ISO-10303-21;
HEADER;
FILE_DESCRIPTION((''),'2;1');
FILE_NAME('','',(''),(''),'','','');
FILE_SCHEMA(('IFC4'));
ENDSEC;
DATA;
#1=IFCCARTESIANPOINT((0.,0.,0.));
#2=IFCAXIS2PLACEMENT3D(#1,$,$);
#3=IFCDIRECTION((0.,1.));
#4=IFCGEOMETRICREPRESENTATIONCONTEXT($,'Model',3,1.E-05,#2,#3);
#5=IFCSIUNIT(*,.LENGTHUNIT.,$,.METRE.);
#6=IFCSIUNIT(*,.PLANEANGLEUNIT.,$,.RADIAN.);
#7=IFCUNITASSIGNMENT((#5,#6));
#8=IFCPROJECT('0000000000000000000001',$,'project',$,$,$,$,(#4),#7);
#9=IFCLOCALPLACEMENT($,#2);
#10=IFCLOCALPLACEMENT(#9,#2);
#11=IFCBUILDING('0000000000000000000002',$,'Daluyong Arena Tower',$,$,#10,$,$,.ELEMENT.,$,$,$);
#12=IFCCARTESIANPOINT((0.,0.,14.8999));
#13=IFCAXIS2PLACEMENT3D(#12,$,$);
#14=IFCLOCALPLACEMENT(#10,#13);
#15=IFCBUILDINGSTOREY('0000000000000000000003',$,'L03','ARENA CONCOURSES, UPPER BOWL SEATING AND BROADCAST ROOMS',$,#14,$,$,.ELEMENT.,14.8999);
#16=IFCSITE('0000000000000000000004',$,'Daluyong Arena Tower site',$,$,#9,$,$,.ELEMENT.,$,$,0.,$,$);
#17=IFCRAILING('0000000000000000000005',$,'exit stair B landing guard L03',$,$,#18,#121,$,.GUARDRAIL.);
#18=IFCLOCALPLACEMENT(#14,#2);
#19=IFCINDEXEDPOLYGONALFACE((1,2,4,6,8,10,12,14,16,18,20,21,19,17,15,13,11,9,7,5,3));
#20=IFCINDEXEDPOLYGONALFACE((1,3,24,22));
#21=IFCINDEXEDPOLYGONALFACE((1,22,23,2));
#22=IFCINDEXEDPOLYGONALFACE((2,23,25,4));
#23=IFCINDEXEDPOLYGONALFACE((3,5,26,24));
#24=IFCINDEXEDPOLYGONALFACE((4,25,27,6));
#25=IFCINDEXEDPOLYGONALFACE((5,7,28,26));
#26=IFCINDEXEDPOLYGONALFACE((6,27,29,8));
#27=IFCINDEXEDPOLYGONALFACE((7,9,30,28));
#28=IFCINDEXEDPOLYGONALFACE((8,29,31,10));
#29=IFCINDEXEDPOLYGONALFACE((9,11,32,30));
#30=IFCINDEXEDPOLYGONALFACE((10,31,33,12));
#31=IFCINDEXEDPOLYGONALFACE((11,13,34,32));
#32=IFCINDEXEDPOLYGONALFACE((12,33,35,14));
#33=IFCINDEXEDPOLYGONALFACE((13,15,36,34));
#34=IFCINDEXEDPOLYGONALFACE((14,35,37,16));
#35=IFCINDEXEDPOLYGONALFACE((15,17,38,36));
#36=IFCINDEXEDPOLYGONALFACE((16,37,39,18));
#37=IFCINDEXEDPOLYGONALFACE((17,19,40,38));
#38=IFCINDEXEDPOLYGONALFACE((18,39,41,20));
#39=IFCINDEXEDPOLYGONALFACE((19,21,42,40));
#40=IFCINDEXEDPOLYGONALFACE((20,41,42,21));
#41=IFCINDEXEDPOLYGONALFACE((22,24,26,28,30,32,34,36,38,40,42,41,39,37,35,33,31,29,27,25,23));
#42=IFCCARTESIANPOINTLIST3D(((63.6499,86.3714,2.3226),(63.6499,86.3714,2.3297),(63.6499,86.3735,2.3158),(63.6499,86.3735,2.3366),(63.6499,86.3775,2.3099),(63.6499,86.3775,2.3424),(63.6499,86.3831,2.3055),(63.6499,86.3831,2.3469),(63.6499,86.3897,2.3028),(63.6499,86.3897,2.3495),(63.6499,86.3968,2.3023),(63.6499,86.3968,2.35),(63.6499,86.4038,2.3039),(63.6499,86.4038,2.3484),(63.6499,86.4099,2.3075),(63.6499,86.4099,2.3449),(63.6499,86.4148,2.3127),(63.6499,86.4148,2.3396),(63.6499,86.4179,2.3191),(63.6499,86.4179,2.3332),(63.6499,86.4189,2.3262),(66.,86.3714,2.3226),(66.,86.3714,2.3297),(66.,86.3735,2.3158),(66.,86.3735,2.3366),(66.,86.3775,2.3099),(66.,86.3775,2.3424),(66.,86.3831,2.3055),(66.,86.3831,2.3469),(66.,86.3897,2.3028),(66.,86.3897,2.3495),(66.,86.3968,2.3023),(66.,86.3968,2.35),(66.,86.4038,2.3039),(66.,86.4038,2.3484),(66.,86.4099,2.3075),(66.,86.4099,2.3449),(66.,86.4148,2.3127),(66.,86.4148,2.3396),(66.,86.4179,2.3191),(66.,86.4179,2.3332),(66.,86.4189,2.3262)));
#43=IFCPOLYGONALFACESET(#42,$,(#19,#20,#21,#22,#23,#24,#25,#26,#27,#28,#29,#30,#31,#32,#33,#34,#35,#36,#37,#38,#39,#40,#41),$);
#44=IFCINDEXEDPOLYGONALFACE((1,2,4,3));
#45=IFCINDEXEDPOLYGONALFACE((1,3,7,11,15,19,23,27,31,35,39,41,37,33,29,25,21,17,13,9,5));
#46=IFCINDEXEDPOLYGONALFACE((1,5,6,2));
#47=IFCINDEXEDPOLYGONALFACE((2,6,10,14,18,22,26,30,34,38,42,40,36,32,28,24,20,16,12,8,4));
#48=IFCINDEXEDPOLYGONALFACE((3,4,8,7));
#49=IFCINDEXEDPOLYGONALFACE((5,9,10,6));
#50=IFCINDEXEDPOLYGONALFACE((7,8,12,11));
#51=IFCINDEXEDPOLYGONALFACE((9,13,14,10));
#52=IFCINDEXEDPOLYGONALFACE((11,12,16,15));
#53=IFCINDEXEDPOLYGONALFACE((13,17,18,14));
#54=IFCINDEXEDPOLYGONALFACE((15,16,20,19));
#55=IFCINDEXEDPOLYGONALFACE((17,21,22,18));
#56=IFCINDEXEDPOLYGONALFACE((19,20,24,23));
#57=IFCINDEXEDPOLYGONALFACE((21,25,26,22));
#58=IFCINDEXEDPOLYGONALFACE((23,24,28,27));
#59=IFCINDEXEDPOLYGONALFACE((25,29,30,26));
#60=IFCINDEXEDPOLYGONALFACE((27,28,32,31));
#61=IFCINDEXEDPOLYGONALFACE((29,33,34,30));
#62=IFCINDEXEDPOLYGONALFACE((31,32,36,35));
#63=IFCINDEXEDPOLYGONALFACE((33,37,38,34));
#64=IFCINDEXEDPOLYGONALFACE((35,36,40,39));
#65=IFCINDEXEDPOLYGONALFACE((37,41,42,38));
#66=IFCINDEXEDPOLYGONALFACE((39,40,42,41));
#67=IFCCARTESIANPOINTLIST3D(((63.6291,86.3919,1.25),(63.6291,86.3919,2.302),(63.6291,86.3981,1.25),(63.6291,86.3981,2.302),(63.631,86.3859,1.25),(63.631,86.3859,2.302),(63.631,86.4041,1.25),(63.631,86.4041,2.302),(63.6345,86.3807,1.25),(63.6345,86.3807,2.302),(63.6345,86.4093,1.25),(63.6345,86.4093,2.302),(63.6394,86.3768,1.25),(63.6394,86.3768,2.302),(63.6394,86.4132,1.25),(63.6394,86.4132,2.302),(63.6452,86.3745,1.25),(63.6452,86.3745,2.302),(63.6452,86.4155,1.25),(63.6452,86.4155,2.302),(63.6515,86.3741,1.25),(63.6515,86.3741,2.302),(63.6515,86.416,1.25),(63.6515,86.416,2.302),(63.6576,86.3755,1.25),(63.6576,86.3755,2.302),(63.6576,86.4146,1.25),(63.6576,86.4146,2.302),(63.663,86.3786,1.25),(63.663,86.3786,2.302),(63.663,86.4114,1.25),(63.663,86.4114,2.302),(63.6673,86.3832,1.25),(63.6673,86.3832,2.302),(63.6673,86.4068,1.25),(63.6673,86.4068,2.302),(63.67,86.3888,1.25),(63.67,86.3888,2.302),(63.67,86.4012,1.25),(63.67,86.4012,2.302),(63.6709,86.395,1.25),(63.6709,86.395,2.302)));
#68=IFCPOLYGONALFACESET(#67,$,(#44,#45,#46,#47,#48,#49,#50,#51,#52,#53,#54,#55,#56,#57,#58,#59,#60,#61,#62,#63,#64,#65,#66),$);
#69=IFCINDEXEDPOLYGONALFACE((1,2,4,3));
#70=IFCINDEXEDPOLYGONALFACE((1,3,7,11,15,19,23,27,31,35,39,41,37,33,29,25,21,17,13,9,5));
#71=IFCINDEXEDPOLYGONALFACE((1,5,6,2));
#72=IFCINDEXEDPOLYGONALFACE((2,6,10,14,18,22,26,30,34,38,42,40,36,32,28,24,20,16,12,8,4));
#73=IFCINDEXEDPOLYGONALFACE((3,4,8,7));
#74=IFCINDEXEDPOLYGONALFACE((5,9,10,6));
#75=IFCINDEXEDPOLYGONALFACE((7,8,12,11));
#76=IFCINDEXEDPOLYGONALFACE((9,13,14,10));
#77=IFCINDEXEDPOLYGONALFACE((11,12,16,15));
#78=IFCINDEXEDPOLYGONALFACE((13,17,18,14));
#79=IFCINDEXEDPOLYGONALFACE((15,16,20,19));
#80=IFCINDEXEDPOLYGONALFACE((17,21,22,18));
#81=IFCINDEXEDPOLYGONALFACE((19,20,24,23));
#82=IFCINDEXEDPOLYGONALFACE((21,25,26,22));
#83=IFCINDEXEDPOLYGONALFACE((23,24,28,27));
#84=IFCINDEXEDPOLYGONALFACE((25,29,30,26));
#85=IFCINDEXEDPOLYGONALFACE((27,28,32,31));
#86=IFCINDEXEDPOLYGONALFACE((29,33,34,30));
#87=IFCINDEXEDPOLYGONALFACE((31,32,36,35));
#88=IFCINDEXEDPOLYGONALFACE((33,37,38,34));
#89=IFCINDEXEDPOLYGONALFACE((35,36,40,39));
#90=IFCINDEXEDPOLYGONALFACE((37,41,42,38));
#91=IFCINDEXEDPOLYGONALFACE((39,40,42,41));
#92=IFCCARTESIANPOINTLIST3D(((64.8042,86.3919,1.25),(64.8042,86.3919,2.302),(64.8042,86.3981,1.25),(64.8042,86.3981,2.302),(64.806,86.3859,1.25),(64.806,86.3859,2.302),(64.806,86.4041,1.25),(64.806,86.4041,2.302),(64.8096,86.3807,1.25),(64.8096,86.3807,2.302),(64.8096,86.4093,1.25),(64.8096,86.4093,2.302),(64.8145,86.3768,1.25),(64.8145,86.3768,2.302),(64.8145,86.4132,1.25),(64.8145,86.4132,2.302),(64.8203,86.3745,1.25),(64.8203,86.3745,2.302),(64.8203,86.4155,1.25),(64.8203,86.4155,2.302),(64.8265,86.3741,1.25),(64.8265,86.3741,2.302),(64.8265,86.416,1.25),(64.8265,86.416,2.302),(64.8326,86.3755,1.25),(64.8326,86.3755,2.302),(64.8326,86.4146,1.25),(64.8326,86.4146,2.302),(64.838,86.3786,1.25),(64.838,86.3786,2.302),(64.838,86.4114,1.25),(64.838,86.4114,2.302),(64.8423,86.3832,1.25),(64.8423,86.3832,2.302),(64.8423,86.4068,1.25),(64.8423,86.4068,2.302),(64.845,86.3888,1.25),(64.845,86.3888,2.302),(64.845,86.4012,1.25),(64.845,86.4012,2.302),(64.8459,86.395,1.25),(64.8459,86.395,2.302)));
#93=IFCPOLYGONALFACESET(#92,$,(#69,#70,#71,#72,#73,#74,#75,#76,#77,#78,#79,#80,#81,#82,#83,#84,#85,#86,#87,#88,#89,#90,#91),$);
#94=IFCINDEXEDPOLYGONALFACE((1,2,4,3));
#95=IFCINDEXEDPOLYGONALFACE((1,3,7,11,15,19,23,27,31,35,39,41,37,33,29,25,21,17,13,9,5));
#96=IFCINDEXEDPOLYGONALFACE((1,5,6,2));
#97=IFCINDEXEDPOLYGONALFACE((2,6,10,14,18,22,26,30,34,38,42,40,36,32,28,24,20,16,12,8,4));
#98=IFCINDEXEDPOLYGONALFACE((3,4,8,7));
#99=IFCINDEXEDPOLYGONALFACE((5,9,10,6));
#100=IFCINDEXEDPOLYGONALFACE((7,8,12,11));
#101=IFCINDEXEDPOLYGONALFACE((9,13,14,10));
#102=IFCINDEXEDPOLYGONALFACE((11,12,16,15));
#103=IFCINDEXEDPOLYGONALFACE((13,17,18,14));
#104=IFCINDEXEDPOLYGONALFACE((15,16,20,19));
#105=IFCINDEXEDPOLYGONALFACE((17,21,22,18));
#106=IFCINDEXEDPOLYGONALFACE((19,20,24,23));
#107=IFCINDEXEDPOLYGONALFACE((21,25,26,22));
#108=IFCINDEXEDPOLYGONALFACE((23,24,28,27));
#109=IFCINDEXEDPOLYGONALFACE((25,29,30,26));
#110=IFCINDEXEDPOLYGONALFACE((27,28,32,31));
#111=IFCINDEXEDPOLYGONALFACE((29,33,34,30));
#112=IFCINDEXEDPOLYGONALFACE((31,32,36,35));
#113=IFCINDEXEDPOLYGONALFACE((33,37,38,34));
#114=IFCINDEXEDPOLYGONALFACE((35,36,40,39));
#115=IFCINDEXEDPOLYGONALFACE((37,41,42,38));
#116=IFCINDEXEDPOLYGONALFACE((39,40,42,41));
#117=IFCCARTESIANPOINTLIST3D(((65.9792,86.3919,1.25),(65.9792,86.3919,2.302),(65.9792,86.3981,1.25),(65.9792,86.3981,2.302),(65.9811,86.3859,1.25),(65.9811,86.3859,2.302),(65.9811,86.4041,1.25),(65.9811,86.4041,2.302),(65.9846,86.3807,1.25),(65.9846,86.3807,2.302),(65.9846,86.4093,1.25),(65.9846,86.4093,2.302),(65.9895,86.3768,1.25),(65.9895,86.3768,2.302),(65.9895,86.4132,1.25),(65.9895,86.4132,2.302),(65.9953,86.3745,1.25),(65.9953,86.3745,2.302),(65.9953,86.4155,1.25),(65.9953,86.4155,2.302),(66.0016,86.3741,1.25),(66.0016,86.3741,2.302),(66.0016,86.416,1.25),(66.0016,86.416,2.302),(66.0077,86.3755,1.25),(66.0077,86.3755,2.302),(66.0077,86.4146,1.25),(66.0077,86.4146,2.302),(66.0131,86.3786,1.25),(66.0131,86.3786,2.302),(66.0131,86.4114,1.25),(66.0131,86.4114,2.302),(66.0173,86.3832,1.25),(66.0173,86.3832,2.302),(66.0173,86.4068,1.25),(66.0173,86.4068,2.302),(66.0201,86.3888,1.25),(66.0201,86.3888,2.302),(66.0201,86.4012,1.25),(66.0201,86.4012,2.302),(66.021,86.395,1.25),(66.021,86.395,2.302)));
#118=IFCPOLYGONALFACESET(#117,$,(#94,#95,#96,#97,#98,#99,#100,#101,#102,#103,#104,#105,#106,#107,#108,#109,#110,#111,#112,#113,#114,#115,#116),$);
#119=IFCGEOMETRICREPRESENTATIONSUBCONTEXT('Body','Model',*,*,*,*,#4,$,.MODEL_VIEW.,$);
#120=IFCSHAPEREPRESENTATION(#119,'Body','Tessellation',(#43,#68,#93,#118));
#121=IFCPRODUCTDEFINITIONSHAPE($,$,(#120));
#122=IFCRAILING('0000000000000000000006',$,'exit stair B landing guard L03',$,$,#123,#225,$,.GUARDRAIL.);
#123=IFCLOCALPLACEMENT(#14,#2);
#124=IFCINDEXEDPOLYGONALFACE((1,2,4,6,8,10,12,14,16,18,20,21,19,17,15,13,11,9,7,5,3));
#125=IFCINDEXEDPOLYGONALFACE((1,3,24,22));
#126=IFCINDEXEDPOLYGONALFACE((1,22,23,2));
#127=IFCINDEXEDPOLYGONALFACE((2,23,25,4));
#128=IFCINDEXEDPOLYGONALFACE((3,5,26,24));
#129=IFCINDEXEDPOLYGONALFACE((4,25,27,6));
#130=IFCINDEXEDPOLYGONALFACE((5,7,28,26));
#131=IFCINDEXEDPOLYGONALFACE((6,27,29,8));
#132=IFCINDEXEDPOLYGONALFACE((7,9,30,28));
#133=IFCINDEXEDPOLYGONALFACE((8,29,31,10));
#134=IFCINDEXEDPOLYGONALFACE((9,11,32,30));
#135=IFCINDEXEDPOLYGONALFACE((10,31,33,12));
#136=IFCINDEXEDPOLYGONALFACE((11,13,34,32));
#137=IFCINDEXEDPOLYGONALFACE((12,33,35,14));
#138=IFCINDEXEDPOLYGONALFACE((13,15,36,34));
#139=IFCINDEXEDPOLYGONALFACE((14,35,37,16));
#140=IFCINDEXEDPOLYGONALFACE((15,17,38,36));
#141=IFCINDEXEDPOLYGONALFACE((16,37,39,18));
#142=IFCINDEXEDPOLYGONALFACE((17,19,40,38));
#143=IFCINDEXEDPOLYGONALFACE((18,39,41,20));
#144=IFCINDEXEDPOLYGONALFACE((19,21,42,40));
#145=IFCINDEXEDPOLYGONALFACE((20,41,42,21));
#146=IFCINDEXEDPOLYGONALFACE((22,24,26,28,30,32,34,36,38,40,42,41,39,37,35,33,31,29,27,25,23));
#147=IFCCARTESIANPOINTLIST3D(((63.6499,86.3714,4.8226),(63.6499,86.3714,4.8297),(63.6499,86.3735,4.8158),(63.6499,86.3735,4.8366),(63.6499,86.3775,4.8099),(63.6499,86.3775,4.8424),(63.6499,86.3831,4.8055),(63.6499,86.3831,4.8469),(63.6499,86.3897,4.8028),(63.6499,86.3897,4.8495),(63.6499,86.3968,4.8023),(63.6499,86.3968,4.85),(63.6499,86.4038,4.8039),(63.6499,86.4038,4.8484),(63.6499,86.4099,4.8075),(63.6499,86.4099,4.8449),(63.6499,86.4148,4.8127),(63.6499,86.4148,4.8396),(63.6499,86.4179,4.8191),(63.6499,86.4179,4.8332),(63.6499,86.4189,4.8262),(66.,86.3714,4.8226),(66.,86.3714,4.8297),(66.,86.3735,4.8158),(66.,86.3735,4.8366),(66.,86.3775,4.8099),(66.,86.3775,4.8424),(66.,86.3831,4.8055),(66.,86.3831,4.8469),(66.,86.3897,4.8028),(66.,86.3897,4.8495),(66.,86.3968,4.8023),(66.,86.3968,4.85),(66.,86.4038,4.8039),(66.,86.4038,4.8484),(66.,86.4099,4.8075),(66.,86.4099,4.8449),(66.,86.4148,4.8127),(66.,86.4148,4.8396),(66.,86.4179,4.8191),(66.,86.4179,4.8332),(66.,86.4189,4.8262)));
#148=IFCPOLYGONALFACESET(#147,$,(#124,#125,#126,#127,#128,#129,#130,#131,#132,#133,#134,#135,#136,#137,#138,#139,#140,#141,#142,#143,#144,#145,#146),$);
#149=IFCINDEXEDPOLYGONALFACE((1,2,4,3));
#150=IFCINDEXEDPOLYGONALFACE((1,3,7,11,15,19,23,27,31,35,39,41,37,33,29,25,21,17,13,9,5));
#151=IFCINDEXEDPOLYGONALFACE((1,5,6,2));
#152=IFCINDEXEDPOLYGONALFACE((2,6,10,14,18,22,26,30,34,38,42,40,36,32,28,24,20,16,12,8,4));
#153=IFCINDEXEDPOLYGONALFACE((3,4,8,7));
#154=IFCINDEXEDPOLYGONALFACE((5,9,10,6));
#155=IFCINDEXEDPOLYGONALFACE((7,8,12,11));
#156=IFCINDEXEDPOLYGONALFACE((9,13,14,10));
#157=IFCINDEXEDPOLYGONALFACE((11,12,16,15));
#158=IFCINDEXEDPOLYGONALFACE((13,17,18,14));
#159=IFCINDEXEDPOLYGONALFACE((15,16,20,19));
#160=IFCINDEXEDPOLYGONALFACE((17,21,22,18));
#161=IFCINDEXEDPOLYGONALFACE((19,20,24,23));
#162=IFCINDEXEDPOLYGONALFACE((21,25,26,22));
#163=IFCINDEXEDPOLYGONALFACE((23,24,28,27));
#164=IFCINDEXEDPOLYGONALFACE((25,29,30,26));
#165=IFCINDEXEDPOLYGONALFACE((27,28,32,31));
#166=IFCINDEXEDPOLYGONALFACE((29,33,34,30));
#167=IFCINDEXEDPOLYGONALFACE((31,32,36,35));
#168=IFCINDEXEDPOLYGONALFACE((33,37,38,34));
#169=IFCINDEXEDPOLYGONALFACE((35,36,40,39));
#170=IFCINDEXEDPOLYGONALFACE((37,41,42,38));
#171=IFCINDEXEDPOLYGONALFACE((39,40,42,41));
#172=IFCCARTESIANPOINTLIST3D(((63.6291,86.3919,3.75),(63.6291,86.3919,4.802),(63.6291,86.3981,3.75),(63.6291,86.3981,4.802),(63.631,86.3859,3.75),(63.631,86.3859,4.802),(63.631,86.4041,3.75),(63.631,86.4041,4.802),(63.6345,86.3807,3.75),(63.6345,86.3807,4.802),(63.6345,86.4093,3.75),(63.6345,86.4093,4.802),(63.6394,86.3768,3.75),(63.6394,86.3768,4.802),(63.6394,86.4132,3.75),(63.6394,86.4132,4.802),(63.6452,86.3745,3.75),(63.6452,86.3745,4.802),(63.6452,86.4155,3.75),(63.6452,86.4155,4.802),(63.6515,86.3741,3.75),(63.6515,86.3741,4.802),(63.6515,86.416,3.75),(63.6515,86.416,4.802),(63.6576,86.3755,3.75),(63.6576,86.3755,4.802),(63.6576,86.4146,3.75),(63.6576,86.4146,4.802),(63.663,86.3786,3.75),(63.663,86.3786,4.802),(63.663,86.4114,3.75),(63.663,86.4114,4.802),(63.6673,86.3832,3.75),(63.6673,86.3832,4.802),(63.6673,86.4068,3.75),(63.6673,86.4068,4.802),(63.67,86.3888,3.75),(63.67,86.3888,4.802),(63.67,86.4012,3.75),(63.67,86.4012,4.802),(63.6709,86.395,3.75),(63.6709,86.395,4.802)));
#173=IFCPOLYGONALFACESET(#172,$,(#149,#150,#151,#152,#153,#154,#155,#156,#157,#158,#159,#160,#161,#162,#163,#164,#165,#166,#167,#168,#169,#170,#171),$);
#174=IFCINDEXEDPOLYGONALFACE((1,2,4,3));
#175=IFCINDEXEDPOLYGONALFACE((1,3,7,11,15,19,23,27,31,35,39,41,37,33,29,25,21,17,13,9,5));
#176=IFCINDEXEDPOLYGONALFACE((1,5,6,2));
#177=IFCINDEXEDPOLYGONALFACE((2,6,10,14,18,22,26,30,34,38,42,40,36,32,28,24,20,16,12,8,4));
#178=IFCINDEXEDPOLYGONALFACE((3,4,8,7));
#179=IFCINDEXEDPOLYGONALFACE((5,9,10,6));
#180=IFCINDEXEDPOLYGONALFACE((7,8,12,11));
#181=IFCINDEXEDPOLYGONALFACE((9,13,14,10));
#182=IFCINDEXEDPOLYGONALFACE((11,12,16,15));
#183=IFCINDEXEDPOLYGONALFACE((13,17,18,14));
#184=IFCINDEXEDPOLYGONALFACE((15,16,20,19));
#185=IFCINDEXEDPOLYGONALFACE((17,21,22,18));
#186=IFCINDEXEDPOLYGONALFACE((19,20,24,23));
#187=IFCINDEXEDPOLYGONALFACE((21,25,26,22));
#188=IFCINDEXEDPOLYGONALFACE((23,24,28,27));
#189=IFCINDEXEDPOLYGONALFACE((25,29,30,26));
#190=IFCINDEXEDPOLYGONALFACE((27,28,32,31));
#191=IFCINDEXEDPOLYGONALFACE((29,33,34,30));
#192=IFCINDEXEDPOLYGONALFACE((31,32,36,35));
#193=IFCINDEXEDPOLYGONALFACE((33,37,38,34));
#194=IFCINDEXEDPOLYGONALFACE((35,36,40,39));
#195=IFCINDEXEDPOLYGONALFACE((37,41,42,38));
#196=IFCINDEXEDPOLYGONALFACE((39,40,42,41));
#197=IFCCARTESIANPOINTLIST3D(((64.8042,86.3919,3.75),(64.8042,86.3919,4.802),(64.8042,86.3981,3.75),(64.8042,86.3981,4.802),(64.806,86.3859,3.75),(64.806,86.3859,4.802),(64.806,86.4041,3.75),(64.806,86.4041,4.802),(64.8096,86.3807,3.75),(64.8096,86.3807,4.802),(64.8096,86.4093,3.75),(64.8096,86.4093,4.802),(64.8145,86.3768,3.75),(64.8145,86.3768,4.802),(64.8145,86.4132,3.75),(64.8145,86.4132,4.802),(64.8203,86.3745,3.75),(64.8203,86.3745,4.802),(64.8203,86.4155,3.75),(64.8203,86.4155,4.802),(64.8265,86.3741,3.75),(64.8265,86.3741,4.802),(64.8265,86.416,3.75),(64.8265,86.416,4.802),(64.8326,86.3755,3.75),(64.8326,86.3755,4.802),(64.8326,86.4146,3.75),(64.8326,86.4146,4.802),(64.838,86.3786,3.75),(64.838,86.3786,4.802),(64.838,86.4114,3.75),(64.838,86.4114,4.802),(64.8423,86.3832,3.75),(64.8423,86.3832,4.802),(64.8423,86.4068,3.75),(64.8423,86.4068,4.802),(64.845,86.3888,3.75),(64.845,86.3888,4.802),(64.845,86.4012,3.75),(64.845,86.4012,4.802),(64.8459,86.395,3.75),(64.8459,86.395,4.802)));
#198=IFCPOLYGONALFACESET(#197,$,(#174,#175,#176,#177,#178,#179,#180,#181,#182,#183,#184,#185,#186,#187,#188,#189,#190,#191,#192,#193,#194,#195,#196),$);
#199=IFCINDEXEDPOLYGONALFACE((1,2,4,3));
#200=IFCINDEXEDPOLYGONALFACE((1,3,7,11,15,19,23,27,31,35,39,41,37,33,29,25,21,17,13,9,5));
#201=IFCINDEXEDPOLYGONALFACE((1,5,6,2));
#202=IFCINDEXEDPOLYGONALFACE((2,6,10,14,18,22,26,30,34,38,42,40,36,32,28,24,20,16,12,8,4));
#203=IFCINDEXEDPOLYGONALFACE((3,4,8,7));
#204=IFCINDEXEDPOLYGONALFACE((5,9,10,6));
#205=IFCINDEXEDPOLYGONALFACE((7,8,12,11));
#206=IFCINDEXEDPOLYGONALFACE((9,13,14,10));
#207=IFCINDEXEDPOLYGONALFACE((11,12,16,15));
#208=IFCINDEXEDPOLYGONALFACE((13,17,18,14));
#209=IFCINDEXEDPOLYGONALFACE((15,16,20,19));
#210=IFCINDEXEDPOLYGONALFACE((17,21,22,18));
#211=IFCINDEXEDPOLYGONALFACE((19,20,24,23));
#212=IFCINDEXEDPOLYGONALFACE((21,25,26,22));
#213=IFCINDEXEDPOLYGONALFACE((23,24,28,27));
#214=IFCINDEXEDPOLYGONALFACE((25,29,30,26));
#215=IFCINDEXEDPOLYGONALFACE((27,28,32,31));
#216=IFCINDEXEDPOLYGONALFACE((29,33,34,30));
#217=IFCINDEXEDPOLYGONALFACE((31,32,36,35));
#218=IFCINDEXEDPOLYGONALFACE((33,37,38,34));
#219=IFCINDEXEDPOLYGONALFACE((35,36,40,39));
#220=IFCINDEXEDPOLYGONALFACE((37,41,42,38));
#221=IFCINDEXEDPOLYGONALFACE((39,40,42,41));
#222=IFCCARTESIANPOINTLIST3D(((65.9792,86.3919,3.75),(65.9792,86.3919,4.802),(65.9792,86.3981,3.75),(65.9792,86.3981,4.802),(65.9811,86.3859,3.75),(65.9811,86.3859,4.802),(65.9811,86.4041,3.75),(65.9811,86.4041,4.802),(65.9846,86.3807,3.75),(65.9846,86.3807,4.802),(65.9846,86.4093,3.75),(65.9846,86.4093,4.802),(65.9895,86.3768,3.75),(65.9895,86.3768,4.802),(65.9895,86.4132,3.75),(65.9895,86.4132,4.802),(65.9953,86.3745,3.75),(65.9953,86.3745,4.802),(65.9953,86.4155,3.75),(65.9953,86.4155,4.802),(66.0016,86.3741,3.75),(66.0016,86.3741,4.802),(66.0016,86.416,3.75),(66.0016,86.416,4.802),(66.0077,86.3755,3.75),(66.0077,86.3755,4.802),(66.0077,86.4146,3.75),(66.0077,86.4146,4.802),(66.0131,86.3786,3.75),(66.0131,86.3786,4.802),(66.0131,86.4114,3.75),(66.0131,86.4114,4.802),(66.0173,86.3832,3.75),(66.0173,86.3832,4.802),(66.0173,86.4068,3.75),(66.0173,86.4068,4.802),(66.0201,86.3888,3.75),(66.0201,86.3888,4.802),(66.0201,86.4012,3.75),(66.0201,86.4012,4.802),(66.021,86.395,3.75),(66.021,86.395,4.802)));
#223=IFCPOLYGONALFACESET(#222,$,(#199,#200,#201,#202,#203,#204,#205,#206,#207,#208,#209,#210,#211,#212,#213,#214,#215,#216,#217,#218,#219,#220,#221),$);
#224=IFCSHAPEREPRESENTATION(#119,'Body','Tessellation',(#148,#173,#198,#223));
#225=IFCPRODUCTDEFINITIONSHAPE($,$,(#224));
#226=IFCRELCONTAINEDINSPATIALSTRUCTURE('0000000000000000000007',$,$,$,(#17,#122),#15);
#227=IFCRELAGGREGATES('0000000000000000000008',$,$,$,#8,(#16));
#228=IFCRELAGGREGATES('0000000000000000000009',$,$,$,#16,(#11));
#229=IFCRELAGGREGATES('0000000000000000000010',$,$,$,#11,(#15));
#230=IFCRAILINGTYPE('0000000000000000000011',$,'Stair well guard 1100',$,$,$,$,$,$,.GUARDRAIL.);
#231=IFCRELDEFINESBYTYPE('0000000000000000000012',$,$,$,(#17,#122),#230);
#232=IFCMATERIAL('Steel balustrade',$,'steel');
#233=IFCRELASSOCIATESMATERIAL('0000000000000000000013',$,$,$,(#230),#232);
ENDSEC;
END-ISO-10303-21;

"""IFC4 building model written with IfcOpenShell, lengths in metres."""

from ifc_helpers import new_model, si_unit, direction, frame, origin, origin_2d, place, context, subcontext, project, spatial, circle, extrude, material, type_object, element, save


model = new_model("IFC4")

# Units and contexts
model_context = context("Model", 3, precision=1e-05, world=origin(), true_north=direction((0.0, 1.0)))
body_context = subcontext(model_context, "Body", "Model", "MODEL_VIEW")
ifc_project = project(units=[si_unit("LENGTHUNIT", "METRE"), si_unit("PLANEANGLEUNIT", "RADIAN")], contexts=[model_context])

# Site, building, storey
site_placement = place(None, origin())
site = spatial("IfcSite", under=ifc_project, at=site_placement, Name="Daluyong Arena Tower site", CompositionType="ELEMENT", RefElevation=0.0)
building_placement = place(site_placement, origin())
building = spatial("IfcBuilding", under=site, at=building_placement, Name="Daluyong Arena Tower", CompositionType="ELEMENT")
storey_placement = place(building_placement, frame((0.0, 0.0, 14.8999)))
storey = spatial("IfcBuildingStorey", under=building, at=storey_placement, Name="L03", Description="ARENA CONCOURSES, UPPER BOWL SEATING AND BROADCAST ROOMS", CompositionType="ELEMENT", Elevation=14.8999)

# Railings
ifc_material_1 = material(Name="Steel balustrade", Category="steel")
railing_type_1 = type_object("IfcRailingType", Name="Stair well guard 1100", PredefinedType="GUARDRAIL", material=ifc_material_1)
for number, where, name in (
    (1, (63.6499, 86.395, 1.25), "exit stair B landing guard L03"),
    (2, (63.6499, 86.395, 3.75), "exit stair B landing guard L03"),
):
    element("IfcRailing", number, at=place(storey_placement, frame(where)), inside=storey, type_object=railing_type_1, Name=name, PredefinedType="GUARDRAIL", context=body_context, shape_type="SweptSolid", body=[
        extrude(circle(Radius=0.0239, at=origin_2d()), frame((0.0, 0.0, 1.0762), z_axis=(1.0, 0.0, 0.0), x_axis=(0.0, 1.0, 0.0)), (0.0, 0.0, 1.0), 2.3501),
        extrude(circle(Radius=0.021, at=origin_2d()), origin(), (0.0, 0.0, 1.0), 1.052),
        extrude(circle(Radius=0.021, at=origin_2d()), frame((1.175, 0.0, 0.0)), (0.0, 0.0, 1.0), 1.052),
        extrude(circle(Radius=0.021, at=origin_2d()), frame((2.3501, 0.0, 0.0)), (0.0, 0.0, 1.0), 1.052),
    ])

save(model, "model.ifc")
